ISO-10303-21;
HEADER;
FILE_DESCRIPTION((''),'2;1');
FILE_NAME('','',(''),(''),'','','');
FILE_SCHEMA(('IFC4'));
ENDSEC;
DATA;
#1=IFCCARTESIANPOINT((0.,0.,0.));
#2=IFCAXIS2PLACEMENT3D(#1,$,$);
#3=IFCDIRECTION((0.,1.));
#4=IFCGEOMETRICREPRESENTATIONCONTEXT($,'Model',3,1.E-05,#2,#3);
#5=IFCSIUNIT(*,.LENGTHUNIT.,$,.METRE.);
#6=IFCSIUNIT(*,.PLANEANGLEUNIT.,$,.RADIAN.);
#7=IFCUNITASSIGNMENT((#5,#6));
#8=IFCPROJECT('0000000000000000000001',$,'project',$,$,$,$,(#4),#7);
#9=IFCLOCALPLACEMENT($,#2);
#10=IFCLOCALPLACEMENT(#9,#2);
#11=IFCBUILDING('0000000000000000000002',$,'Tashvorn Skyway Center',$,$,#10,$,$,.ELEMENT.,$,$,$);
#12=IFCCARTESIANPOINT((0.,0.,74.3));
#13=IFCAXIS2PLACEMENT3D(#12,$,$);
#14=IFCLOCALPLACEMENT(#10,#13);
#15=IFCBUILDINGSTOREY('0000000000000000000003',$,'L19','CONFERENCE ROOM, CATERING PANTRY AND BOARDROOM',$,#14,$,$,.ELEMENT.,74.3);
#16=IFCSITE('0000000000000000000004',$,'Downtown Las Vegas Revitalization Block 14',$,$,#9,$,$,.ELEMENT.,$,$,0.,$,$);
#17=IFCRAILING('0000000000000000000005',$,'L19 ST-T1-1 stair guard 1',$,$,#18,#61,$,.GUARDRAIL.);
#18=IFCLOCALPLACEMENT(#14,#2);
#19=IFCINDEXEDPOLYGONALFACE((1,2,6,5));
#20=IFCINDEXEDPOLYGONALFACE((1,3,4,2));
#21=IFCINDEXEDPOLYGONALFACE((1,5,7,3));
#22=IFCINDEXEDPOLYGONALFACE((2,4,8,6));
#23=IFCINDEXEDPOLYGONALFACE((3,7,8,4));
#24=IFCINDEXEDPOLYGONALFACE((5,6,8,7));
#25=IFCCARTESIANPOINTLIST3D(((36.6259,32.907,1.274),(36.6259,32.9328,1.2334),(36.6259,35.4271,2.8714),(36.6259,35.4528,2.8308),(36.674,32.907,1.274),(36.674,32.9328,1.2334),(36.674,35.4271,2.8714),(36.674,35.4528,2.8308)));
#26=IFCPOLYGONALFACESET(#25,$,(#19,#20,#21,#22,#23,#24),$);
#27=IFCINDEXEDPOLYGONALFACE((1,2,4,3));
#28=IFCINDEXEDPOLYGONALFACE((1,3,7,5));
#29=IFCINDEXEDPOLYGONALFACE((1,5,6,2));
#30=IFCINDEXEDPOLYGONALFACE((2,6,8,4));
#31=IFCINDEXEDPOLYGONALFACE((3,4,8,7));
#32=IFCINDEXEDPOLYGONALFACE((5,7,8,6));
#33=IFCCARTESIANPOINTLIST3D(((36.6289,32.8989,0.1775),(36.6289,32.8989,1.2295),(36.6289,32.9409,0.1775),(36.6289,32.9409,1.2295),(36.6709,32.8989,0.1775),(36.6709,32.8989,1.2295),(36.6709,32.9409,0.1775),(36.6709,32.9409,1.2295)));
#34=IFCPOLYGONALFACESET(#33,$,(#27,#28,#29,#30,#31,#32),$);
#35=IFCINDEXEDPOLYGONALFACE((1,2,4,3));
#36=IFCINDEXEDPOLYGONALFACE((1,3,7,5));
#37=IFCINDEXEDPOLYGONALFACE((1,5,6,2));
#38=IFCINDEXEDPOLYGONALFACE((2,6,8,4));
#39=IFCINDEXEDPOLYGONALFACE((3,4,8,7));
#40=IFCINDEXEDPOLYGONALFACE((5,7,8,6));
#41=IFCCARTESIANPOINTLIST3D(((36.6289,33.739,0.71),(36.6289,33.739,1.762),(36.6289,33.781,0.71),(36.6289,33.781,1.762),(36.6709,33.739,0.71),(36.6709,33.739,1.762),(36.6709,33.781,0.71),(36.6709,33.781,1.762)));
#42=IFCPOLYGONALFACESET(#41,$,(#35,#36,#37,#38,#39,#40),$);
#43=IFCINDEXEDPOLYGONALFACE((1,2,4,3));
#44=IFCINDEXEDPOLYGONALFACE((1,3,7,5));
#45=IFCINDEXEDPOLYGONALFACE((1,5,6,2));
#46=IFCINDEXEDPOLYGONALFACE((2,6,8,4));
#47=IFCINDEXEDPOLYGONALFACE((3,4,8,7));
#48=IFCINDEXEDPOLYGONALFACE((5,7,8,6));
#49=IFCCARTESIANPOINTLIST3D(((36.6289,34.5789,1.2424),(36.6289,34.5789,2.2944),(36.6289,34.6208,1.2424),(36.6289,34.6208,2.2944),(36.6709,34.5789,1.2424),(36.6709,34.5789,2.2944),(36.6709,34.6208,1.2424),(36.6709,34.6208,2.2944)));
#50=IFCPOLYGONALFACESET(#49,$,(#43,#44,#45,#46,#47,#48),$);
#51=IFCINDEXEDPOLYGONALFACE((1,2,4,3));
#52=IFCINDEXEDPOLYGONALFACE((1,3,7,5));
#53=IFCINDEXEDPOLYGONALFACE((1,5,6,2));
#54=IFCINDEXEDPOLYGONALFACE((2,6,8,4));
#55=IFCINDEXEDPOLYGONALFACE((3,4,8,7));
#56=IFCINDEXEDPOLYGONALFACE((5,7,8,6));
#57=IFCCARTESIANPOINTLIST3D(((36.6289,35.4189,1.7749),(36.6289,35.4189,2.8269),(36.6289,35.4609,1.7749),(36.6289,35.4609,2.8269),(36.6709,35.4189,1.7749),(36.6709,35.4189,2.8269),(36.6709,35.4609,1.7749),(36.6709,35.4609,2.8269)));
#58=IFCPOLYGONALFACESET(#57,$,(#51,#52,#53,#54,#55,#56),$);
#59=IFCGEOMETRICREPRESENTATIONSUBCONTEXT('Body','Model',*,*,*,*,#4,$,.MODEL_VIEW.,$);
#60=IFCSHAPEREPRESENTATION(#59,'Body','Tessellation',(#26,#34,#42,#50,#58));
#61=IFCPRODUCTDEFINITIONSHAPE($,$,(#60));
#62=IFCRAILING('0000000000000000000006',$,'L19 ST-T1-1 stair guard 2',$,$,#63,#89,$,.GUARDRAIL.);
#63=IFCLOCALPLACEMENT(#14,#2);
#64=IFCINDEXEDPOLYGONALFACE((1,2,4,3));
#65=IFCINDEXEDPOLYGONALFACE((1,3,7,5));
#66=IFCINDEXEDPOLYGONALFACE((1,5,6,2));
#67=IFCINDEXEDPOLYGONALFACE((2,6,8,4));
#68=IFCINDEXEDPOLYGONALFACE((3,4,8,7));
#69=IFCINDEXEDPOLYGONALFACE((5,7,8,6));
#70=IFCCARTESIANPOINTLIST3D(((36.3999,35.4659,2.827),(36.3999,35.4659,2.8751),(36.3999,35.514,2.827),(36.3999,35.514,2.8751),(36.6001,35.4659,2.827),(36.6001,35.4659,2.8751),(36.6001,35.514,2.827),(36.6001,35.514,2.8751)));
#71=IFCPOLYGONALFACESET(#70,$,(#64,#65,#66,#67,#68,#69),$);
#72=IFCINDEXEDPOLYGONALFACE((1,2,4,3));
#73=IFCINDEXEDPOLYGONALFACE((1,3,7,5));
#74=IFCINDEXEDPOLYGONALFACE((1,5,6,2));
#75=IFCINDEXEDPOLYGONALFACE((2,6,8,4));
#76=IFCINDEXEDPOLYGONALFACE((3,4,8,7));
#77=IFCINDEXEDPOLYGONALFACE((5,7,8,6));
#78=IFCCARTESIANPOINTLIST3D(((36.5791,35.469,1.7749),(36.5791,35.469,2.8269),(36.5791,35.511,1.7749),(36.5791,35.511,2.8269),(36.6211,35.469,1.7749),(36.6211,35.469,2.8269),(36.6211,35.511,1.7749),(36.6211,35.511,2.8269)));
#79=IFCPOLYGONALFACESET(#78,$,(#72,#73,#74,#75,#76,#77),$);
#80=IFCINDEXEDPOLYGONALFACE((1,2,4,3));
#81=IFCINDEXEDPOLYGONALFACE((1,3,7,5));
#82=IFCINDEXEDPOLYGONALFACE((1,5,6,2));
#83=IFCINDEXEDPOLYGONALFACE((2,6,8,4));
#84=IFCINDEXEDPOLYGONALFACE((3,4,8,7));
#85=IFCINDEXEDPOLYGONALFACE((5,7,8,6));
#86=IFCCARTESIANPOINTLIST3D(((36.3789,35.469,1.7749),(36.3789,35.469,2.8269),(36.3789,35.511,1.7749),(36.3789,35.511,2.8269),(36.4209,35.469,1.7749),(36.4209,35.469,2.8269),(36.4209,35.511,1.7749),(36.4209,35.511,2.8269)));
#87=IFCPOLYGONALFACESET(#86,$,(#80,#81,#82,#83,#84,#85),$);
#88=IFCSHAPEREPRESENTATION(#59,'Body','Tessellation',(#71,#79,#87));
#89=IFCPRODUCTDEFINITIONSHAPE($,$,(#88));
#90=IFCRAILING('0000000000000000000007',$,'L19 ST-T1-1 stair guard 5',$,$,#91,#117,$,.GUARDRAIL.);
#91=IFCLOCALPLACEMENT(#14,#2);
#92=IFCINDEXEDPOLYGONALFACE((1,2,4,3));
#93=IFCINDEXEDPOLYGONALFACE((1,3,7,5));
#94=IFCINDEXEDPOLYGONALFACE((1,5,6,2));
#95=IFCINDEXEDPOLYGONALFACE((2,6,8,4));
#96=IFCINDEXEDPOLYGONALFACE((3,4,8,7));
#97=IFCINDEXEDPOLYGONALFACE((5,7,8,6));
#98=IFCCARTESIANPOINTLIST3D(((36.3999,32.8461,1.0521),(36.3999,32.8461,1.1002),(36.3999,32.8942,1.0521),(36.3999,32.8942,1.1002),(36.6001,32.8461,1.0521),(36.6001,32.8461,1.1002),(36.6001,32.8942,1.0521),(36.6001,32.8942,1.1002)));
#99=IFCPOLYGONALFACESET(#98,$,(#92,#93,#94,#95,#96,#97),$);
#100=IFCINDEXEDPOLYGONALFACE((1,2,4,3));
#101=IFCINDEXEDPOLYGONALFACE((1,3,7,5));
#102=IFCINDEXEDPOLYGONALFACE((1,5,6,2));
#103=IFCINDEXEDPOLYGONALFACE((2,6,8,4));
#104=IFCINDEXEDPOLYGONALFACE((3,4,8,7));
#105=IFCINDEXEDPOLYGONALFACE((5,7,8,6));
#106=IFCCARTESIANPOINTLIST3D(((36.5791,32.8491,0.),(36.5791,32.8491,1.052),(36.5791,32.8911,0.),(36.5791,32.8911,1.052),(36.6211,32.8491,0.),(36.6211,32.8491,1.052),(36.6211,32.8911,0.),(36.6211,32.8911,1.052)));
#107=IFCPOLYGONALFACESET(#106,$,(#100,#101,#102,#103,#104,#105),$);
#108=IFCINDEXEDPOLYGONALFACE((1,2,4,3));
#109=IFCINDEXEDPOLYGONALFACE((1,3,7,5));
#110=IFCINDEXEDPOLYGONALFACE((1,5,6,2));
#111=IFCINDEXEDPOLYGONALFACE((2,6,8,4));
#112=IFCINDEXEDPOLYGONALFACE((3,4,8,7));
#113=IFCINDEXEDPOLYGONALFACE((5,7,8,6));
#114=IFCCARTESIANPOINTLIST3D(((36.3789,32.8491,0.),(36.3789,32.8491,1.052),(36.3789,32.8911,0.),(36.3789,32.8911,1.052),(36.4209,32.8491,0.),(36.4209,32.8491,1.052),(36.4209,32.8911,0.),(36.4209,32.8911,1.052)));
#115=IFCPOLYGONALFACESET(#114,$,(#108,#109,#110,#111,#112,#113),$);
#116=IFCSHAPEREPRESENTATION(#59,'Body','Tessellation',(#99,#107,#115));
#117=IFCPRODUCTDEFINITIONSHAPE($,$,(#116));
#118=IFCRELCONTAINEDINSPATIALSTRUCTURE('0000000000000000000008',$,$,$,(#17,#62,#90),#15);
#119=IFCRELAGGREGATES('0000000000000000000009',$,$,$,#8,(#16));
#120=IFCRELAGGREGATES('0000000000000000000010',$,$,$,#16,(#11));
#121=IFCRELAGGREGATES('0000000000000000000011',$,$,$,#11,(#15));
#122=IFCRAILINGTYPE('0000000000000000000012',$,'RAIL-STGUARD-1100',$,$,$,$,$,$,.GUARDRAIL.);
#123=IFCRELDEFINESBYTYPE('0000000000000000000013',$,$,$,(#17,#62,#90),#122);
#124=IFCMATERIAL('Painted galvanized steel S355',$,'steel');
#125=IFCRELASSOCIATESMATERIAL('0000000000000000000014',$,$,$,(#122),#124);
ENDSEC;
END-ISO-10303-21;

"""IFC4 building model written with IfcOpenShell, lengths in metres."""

from ifc_helpers import new_model, si_unit, direction, frame, origin, origin_2d, place, context, subcontext, project, spatial, rectangle, extrude, material, type_object, element, save


model = new_model("IFC4")

# Units and contexts
model_context = context("Model", 3, precision=1e-05, world=origin(), true_north=direction((0.0, 1.0)))
body_context = subcontext(model_context, "Body", "Model", "MODEL_VIEW")
ifc_project = project(units=[si_unit("LENGTHUNIT", "METRE"), si_unit("PLANEANGLEUNIT", "RADIAN")], contexts=[model_context])

# Site, building, storey
site_placement = place(None, origin())
site = spatial("IfcSite", under=ifc_project, at=site_placement, Name="Downtown Las Vegas Revitalization Block 14", CompositionType="ELEMENT", RefElevation=0.0)
building_placement = place(site_placement, origin())
building = spatial("IfcBuilding", under=site, at=building_placement, Name="Tashvorn Skyway Center", CompositionType="ELEMENT")
storey_placement = place(building_placement, frame((0.0, 0.0, 74.3)))
storey = spatial("IfcBuildingStorey", under=building, at=storey_placement, Name="L19", Description="CONFERENCE ROOM, CATERING PANTRY AND BOARDROOM", CompositionType="ELEMENT", Elevation=74.3)

# Railings
ifc_material_1 = material(Name="Painted galvanized steel S355", Category="steel")
railing_type_1 = type_object("IfcRailingType", Name="RAIL-STGUARD-1100", PredefinedType="GUARDRAIL", material=ifc_material_1)
railing_1_placement = place(storey_placement, frame((36.6499, 32.9199, 0.1775)))
element("IfcRailing", 1, at=railing_1_placement, inside=storey, type_object=railing_type_1, Name="L19 ST-T1-1 stair guard 1", PredefinedType="GUARDRAIL", context=body_context, shape_type="SweptSolid", body=[
    extrude(rectangle(XDim=0.0481, YDim=0.0481, at=origin_2d()), frame((0.0, 0.0, 1.0762), z_axis=(0.0, 0.844607, 0.535387), x_axis=(-1.0, 0.0, 0.0)), (0.0, 0.0, 1.0), 2.9836),
    extrude(rectangle(XDim=0.042, YDim=0.042, at=origin_2d()), origin(), (0.0, 0.0, 1.0), 1.052),
    extrude(rectangle(XDim=0.042, YDim=0.042, at=origin_2d()), frame((0.0, 0.8401, 0.5325)), (0.0, 0.0, 1.0), 1.052),
    extrude(rectangle(XDim=0.042, YDim=0.042, at=origin_2d()), frame((0.0, 1.6799, 1.0649)), (0.0, 0.0, 1.0), 1.052),
    extrude(rectangle(XDim=0.042, YDim=0.042, at=origin_2d()), frame((0.0, 2.52, 1.5974)), (0.0, 0.0, 1.0), 1.052),
])
for number, where, name in (
    (2, (36.6001, 35.49, 1.7749), "L19 ST-T1-1 stair guard 2"),
    (3, (36.6001, 32.8701, 0.0), "L19 ST-T1-1 stair guard 5"),
):
    element("IfcRailing", number, at=place(storey_placement, frame(where)), inside=storey, type_object=railing_type_1, Name=name, PredefinedType="GUARDRAIL", context=body_context, shape_type="SweptSolid", body=[
        extrude(rectangle(XDim=0.0481, YDim=0.0481, at=origin_2d()), frame((0.0, 0.0, 1.0762), z_axis=(-1.0, 0.0, 0.0), x_axis=(0.0, -1.0, 0.0)), (0.0, 0.0, 1.0), 0.2002),
        extrude(rectangle(XDim=0.042, YDim=0.042, at=origin_2d()), origin(), (0.0, 0.0, 1.0), 1.052),
        extrude(rectangle(XDim=0.042, YDim=0.042, at=origin_2d()), frame((-0.2002, 0.0, 0.0)), (0.0, 0.0, 1.0), 1.052),
    ])

save(model, "model.ifc")
